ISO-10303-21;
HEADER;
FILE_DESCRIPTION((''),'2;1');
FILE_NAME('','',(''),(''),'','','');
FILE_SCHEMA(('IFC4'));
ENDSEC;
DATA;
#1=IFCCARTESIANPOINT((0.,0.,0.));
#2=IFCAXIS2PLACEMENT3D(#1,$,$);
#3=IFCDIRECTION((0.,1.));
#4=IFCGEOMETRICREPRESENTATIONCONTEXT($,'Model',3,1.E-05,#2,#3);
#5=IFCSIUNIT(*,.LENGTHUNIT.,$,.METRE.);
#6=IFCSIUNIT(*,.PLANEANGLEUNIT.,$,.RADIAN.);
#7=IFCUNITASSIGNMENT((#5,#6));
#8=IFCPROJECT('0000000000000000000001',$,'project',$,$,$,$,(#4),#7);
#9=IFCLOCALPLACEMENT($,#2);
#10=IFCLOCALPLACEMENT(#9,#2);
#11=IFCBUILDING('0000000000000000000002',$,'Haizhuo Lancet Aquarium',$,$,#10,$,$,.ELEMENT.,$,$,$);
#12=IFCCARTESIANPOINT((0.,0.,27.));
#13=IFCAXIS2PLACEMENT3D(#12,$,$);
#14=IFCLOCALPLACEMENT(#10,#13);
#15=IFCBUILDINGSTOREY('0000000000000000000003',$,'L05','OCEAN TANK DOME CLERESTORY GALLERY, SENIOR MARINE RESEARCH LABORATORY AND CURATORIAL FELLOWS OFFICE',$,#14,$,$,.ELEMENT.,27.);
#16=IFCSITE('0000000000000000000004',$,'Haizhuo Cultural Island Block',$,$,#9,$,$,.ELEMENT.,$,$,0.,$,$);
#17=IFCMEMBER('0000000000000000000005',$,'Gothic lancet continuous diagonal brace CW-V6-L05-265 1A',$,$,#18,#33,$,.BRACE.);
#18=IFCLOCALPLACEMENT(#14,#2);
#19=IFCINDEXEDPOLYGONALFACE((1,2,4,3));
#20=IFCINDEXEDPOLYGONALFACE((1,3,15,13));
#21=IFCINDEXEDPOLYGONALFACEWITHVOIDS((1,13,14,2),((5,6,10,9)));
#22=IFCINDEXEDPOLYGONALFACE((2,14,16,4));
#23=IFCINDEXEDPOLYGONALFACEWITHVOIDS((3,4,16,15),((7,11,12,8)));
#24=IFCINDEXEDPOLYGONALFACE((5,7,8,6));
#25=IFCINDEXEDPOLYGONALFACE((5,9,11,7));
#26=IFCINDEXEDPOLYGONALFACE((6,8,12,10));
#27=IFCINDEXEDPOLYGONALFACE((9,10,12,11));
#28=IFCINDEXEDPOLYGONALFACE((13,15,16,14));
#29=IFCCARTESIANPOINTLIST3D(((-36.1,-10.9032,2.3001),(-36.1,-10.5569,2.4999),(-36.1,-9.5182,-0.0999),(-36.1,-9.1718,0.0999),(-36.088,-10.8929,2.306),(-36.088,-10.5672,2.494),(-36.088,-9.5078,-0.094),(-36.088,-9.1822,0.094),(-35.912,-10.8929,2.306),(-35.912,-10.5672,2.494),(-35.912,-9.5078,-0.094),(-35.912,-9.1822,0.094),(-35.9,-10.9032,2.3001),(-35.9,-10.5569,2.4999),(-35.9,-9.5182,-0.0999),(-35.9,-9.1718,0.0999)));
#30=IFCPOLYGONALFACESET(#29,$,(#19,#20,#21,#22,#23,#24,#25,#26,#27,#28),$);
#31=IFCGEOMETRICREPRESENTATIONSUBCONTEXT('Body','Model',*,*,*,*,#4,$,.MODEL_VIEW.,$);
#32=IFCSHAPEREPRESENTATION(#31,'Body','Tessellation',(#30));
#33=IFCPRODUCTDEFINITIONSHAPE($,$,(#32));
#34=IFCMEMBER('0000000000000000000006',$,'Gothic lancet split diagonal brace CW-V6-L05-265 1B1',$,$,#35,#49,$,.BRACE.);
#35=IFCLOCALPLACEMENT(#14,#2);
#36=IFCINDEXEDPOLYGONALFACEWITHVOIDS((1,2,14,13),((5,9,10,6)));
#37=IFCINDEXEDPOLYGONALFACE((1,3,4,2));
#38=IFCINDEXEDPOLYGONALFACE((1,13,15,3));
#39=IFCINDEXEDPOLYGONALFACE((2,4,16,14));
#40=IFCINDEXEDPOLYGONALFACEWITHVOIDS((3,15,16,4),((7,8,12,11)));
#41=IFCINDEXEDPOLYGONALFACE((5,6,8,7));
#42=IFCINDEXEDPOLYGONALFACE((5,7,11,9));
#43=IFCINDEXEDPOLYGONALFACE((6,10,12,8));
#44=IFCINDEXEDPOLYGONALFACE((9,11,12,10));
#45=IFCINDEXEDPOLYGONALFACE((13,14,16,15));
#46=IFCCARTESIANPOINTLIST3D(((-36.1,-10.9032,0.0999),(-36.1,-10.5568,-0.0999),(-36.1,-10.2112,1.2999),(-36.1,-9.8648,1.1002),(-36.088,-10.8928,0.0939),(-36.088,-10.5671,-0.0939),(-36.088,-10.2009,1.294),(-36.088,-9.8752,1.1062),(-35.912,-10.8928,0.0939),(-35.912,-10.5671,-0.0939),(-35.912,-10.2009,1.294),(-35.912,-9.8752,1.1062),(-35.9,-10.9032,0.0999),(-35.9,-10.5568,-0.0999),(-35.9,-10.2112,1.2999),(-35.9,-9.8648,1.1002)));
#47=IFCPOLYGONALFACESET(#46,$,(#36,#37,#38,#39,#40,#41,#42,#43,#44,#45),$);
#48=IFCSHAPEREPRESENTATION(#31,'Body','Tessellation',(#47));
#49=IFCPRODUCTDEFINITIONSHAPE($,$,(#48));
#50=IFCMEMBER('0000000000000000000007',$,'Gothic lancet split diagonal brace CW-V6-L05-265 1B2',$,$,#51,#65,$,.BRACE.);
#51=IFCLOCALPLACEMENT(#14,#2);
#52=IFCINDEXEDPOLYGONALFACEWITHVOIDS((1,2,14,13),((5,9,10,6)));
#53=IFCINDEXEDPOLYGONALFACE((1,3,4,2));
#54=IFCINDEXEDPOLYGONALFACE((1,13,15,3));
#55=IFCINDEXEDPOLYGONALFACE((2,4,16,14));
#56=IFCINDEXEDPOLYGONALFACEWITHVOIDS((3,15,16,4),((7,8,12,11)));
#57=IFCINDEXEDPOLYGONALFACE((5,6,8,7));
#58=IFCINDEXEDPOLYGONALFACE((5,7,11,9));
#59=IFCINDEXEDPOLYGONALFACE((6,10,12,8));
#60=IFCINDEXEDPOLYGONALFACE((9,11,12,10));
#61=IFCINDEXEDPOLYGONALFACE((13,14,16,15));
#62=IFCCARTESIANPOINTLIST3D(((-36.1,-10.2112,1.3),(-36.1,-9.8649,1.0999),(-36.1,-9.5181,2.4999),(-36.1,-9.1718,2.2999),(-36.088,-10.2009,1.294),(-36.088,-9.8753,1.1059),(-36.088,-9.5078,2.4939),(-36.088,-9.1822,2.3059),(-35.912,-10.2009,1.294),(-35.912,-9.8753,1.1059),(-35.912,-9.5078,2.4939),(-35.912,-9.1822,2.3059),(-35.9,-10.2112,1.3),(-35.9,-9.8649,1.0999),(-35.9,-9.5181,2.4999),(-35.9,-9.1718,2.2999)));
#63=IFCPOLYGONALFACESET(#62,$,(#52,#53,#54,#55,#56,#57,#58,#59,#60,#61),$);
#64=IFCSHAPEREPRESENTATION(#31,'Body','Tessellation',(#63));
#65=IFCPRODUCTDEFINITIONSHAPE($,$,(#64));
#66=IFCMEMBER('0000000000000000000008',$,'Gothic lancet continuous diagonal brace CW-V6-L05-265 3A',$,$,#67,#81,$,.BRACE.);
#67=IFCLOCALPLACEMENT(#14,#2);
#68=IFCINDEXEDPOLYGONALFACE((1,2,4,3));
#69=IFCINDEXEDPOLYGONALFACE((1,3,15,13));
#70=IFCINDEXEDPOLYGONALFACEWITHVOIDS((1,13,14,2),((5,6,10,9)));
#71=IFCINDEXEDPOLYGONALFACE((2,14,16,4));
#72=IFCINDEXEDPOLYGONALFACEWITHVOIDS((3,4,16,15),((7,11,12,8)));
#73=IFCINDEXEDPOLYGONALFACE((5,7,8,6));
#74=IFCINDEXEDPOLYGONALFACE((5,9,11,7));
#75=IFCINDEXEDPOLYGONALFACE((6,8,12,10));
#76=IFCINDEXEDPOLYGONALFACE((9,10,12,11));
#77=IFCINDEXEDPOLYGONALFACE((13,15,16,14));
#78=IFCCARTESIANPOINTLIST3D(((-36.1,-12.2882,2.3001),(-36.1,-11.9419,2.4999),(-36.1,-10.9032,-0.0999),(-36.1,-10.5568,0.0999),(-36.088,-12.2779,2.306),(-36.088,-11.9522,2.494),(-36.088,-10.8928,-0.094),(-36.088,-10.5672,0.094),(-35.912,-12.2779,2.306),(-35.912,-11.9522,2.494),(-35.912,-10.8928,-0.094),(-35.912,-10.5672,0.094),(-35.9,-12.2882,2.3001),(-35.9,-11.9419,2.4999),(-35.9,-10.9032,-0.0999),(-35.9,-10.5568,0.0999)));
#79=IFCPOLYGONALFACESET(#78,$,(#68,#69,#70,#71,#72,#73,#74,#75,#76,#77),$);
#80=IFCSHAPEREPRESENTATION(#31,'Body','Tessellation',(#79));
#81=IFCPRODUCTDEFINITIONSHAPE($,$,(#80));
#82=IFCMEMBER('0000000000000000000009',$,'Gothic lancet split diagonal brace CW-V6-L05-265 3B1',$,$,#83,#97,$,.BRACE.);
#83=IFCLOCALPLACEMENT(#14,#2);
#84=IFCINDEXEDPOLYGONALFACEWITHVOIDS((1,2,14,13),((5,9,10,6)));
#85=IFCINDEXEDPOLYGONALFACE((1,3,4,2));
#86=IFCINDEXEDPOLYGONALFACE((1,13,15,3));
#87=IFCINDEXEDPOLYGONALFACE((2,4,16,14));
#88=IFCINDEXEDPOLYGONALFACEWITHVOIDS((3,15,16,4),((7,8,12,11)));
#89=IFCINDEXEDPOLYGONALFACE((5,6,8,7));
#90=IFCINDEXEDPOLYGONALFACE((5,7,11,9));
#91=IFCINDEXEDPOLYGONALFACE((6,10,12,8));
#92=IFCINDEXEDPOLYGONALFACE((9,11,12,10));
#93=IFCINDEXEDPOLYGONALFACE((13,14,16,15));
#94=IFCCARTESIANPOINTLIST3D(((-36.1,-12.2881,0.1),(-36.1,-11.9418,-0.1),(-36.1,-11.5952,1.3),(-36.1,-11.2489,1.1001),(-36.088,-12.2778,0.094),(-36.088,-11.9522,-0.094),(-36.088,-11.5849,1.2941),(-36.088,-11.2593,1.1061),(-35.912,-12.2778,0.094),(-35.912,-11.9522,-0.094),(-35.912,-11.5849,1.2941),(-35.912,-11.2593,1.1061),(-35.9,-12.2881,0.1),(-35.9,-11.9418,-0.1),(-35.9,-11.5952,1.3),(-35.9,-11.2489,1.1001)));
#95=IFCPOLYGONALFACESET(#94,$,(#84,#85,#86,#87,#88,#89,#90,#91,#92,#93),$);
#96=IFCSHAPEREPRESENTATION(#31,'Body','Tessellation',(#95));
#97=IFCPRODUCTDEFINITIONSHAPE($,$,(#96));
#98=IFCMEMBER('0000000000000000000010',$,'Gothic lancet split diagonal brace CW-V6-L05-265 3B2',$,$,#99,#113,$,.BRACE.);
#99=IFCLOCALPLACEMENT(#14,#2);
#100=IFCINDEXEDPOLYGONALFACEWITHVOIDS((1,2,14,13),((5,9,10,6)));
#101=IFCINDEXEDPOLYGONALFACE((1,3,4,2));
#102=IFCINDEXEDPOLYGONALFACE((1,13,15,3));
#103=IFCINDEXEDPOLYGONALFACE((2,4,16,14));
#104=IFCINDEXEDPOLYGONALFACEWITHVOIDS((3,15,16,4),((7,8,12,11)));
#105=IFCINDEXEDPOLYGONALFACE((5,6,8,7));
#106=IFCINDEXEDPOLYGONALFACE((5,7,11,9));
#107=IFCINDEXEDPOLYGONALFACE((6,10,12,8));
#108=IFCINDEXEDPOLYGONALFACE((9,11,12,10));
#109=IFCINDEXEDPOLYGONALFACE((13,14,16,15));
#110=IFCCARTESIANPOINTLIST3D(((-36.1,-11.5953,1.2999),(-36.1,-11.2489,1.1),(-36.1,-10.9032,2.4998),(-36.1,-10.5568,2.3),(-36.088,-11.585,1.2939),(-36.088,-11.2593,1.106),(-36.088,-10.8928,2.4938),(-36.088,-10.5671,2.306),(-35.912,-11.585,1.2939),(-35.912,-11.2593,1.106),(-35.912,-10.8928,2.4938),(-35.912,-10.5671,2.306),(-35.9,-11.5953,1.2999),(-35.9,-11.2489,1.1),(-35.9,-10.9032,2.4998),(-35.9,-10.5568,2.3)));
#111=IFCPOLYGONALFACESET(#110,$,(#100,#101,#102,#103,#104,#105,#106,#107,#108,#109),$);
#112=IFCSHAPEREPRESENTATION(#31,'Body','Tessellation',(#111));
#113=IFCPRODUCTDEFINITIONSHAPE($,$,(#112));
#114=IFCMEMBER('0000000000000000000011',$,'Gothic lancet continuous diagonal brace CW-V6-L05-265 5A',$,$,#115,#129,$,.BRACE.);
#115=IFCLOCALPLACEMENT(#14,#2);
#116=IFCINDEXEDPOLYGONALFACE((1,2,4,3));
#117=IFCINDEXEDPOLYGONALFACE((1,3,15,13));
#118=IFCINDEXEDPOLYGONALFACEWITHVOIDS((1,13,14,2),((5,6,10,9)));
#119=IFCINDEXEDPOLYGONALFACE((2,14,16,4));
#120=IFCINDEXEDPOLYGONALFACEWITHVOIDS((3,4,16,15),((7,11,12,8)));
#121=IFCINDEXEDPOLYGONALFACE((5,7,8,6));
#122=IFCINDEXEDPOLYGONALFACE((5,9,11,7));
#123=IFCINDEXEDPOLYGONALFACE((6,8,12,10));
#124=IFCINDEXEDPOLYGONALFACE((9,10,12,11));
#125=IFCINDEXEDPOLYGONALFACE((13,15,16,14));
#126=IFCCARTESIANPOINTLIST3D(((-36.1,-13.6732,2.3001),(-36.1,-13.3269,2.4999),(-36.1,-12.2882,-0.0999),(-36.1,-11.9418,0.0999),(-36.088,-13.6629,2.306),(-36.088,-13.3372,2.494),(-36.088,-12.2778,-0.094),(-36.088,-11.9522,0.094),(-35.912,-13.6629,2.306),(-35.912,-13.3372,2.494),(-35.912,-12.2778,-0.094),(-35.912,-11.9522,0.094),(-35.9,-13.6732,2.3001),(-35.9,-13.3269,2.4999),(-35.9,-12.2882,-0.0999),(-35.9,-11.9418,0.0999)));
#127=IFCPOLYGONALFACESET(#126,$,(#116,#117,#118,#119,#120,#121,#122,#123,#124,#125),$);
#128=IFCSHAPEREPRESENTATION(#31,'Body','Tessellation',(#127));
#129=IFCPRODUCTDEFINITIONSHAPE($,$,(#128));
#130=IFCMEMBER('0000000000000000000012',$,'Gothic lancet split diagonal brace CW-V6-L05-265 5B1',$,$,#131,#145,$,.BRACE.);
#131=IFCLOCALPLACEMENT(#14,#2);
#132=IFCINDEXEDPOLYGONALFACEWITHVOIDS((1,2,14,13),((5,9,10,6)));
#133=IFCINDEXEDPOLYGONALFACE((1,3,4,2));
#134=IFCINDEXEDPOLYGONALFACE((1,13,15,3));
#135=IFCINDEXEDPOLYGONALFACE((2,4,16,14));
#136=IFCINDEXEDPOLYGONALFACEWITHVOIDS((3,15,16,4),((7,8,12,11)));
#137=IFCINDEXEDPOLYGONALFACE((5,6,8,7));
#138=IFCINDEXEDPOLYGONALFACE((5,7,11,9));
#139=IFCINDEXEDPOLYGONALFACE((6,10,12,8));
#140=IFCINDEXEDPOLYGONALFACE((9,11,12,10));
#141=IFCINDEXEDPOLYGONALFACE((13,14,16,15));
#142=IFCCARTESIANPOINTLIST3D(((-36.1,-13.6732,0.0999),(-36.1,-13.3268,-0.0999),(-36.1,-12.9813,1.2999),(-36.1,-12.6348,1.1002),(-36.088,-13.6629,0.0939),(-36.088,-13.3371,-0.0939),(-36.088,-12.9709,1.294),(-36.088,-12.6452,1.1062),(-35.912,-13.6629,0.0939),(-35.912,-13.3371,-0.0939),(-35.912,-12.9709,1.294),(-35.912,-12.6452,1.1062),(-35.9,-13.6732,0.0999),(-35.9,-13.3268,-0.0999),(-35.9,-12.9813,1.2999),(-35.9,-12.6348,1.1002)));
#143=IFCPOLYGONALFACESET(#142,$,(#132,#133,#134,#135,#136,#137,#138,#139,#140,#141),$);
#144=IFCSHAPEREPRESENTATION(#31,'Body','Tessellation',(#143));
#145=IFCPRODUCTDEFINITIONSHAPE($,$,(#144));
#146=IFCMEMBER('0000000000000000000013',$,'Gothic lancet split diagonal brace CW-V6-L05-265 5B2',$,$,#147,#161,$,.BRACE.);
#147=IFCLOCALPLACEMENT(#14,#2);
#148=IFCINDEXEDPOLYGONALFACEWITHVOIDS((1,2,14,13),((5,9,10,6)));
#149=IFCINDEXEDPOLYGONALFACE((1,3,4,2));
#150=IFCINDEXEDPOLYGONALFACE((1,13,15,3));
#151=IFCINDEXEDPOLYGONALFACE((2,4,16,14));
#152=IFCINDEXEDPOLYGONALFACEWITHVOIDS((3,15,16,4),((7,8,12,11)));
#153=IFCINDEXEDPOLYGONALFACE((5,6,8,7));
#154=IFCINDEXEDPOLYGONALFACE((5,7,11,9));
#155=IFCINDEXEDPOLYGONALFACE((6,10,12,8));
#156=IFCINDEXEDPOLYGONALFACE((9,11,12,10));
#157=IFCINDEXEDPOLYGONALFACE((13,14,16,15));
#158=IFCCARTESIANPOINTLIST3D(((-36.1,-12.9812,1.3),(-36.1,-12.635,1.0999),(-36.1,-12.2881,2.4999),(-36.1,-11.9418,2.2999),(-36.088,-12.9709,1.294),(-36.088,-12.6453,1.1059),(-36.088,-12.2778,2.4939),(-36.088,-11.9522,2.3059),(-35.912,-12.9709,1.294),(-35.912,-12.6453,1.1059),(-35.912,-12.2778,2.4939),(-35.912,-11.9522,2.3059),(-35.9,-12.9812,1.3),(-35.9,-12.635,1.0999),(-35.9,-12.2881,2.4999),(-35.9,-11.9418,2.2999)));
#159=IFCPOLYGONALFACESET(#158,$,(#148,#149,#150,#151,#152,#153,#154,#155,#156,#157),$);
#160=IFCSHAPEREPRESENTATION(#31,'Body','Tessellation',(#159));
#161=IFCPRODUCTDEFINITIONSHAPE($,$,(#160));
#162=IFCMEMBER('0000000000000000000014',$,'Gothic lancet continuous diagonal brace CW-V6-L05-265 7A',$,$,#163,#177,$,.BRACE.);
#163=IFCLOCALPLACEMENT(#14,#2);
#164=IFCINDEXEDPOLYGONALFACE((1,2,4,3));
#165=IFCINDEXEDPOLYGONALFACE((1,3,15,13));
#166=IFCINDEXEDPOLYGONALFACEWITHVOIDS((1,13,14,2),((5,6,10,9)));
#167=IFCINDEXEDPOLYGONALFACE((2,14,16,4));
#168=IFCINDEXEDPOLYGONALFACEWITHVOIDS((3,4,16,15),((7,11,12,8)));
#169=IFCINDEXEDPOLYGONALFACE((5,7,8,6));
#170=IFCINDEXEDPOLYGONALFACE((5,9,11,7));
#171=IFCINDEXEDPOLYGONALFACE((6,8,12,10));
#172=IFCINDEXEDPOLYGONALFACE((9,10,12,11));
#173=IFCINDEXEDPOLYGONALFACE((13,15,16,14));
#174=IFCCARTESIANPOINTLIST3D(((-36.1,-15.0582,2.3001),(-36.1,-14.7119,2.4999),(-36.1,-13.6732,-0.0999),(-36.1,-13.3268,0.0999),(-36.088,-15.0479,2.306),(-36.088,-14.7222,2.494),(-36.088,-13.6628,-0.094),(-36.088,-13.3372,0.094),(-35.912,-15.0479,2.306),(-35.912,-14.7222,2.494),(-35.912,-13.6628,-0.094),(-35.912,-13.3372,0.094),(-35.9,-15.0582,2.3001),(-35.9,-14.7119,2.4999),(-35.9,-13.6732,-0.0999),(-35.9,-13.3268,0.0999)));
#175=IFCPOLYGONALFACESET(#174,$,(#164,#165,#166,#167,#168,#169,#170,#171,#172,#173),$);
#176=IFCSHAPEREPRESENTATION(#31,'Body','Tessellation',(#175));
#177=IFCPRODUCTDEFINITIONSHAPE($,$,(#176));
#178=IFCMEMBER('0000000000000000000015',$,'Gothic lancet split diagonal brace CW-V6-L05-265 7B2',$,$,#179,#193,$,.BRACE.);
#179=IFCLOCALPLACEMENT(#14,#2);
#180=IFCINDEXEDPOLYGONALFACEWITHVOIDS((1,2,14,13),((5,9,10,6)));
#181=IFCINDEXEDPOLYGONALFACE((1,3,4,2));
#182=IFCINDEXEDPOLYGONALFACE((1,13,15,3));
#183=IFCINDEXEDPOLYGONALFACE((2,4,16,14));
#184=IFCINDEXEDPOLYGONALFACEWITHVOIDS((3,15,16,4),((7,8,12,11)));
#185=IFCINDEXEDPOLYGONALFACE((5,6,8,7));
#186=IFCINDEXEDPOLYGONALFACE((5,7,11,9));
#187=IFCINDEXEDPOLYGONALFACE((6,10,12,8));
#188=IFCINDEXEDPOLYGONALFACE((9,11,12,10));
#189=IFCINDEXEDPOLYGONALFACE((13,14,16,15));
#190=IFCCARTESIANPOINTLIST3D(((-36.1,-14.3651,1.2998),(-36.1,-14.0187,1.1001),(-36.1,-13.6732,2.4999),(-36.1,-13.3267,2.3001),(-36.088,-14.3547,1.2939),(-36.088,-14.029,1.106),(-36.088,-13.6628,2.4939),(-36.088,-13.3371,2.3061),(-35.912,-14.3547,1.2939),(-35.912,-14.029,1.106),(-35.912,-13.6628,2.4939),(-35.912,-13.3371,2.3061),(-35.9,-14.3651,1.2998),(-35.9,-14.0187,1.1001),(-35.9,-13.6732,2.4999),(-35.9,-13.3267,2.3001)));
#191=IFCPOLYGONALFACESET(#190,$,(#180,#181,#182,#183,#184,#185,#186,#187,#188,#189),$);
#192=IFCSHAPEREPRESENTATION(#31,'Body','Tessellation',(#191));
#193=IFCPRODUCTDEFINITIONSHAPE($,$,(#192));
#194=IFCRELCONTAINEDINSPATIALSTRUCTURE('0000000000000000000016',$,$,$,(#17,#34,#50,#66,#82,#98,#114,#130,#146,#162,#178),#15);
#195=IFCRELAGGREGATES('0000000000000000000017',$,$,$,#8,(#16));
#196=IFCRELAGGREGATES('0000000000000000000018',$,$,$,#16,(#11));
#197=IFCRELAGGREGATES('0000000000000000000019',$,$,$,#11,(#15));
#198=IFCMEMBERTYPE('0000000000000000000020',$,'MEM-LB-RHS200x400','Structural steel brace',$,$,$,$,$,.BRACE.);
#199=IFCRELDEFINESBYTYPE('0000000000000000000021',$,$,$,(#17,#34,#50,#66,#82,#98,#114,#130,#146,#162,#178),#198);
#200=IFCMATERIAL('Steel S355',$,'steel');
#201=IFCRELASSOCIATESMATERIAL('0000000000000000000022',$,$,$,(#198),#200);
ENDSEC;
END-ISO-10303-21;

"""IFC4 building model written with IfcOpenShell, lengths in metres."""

from ifc_helpers import new_model, si_unit, direction, frame, origin, origin_2d, place, context, subcontext, project, spatial, hollow_rectangle, extrude, material, material_profile, profile_set, type_object, element, save


model = new_model("IFC4")

# Units and contexts
model_context = context("Model", 3, precision=1e-05, world=origin(), true_north=direction((0.0, 1.0)))
body_context = subcontext(model_context, "Body", "Model", "MODEL_VIEW")
ifc_project = project(units=[si_unit("LENGTHUNIT", "METRE"), si_unit("PLANEANGLEUNIT", "RADIAN")], contexts=[model_context])

# Site, building, storey
site_placement = place(None, origin())
site = spatial("IfcSite", under=ifc_project, at=site_placement, Name="Haizhuo Cultural Island Block", CompositionType="ELEMENT", RefElevation=0.0)
building_placement = place(site_placement, origin())
building = spatial("IfcBuilding", under=site, at=building_placement, Name="Haizhuo Lancet Aquarium", CompositionType="ELEMENT")
storey_placement = place(building_placement, frame((0.0, 0.0, 27.0)))
storey = spatial("IfcBuildingStorey", under=building, at=storey_placement, Name="L05", Description="OCEAN TANK DOME CLERESTORY GALLERY, SENIOR MARINE RESEARCH LABORATORY AND CURATORIAL FELLOWS OFFICE", CompositionType="ELEMENT", Elevation=27.0)

# Members
ifc_material_1 = material(Name="Steel S355", Category="steel")
ifc_material_profile_1 = material_profile(ifc_material_1, hollow_rectangle(XDim=0.2, YDim=0.3999, WallThickness=0.012, at=origin_2d()), Name="RHS 200x400x12")
ifc_profile_set_1 = profile_set([ifc_material_profile_1], Name="Steel S355")
member_type_1 = type_object("IfcMemberType", Name="MEM-LB-RHS200x400", Description="Structural steel brace", PredefinedType="BRACE", material=ifc_profile_set_1)
member_1_placement = place(storey_placement, frame((-36.0, -9.345, 0.0), z_axis=(0.0, -0.499844, 0.866115), x_axis=(1.0, 0.0, 0.0)))
element("IfcMember", 1, at=member_1_placement, inside=storey, type_object=member_type_1, Name="Gothic lancet continuous diagonal brace CW-V6-L05-265 1A", PredefinedType="BRACE", context=body_context, shape_type="SweptSolid", body=[
    extrude(hollow_rectangle(XDim=0.2, YDim=0.3999, WallThickness=0.012, at=origin_2d()), origin(), (0.0, 0.0, 1.0), 2.771),
])
member_2_placement = place(storey_placement, frame((-36.0, -10.73, 0.0), z_axis=(0.0, 0.499514, 0.866306), x_axis=(-1.0, 0.0, 0.0)))
element("IfcMember", 2, at=member_2_placement, inside=storey, type_object=member_type_1, Name="Gothic lancet split diagonal brace CW-V6-L05-265 1B1", PredefinedType="BRACE", context=body_context, shape_type="SweptSolid", body=[
    extrude(hollow_rectangle(XDim=0.2, YDim=0.3999, WallThickness=0.012, at=origin_2d()), origin(), (0.0, 0.0, 1.0), 1.3853),
])
member_3_placement = place(storey_placement, frame((-36.0, -10.0381, 1.2), z_axis=(0.0, 0.500175, 0.865924), x_axis=(-1.0, 0.0, 0.0)))
element("IfcMember", 3, at=member_3_placement, inside=storey, type_object=member_type_1, Name="Gothic lancet split diagonal brace CW-V6-L05-265 1B2", PredefinedType="BRACE", context=body_context, shape_type="SweptSolid", body=[
    extrude(hollow_rectangle(XDim=0.2, YDim=0.3999, WallThickness=0.012, at=origin_2d()), origin(), (0.0, 0.0, 1.0), 1.3857),
])
member_4_placement = place(storey_placement, frame((-36.0, -10.73, 0.0), z_axis=(0.0, -0.499844, 0.866115), x_axis=(1.0, 0.0, 0.0)))
element("IfcMember", 4, at=member_4_placement, inside=storey, type_object=member_type_1, Name="Gothic lancet continuous diagonal brace CW-V6-L05-265 3A", PredefinedType="BRACE", context=body_context, shape_type="SweptSolid", body=[
    extrude(hollow_rectangle(XDim=0.2, YDim=0.3999, WallThickness=0.012, at=origin_2d()), origin(), (0.0, 0.0, 1.0), 2.771),
])
member_5_placement = place(storey_placement, frame((-36.0, -12.115, 0.0), z_axis=(0.0, 0.500043, 0.866001), x_axis=(-1.0, 0.0, 0.0)))
element("IfcMember", 5, at=member_5_placement, inside=storey, type_object=member_type_1, Name="Gothic lancet split diagonal brace CW-V6-L05-265 3B1", PredefinedType="BRACE", context=body_context, shape_type="SweptSolid", body=[
    extrude(hollow_rectangle(XDim=0.2, YDim=0.3999, WallThickness=0.012, at=origin_2d()), origin(), (0.0, 0.0, 1.0), 1.3857),
])
member_6_placement = place(storey_placement, frame((-36.0, -11.4221, 1.2), z_axis=(0.0, 0.499646, 0.86623), x_axis=(-1.0, 0.0, 0.0)))
element("IfcMember", 6, at=member_6_placement, inside=storey, type_object=member_type_1, Name="Gothic lancet split diagonal brace CW-V6-L05-265 3B2", PredefinedType="BRACE", context=body_context, shape_type="SweptSolid", body=[
    extrude(hollow_rectangle(XDim=0.2, YDim=0.3999, WallThickness=0.012, at=origin_2d()), origin(), (0.0, 0.0, 1.0), 1.3853),
])
member_7_placement = place(storey_placement, frame((-36.0, -12.115, 0.0), z_axis=(0.0, -0.499844, 0.866115), x_axis=(1.0, 0.0, 0.0)))
element("IfcMember", 7, at=member_7_placement, inside=storey, type_object=member_type_1, Name="Gothic lancet continuous diagonal brace CW-V6-L05-265 5A", PredefinedType="BRACE", context=body_context, shape_type="SweptSolid", body=[
    extrude(hollow_rectangle(XDim=0.2, YDim=0.3999, WallThickness=0.012, at=origin_2d()), origin(), (0.0, 0.0, 1.0), 2.771),
])
member_8_placement = place(storey_placement, frame((-36.0, -13.5, 0.0), z_axis=(0.0, 0.499514, 0.866306), x_axis=(-1.0, 0.0, 0.0)))
element("IfcMember", 8, at=member_8_placement, inside=storey, type_object=member_type_1, Name="Gothic lancet split diagonal brace CW-V6-L05-265 5B1", PredefinedType="BRACE", context=body_context, shape_type="SweptSolid", body=[
    extrude(hollow_rectangle(XDim=0.2, YDim=0.3999, WallThickness=0.012, at=origin_2d()), origin(), (0.0, 0.0, 1.0), 1.3853),
])
member_9_placement = place(storey_placement, frame((-36.0, -12.8081, 1.2), z_axis=(0.0, 0.500175, 0.865924), x_axis=(-1.0, 0.0, 0.0)))
element("IfcMember", 9, at=member_9_placement, inside=storey, type_object=member_type_1, Name="Gothic lancet split diagonal brace CW-V6-L05-265 5B2", PredefinedType="BRACE", context=body_context, shape_type="SweptSolid", body=[
    extrude(hollow_rectangle(XDim=0.2, YDim=0.3999, WallThickness=0.012, at=origin_2d()), origin(), (0.0, 0.0, 1.0), 1.3857),
])
member_10_placement = place(storey_placement, frame((-36.0, -13.5, 0.0), z_axis=(0.0, -0.499844, 0.866115), x_axis=(1.0, 0.0, 0.0)))
element("IfcMember", 10, at=member_10_placement, inside=storey, type_object=member_type_1, Name="Gothic lancet continuous diagonal brace CW-V6-L05-265 7A", PredefinedType="BRACE", context=body_context, shape_type="SweptSolid", body=[
    extrude(hollow_rectangle(XDim=0.2, YDim=0.3999, WallThickness=0.012, at=origin_2d()), origin(), (0.0, 0.0, 1.0), 2.771),
])
member_11_placement = place(storey_placement, frame((-36.0, -14.1919, 1.2), z_axis=(0.0, 0.499514, 0.866306), x_axis=(-1.0, 0.0, 0.0)))
element("IfcMember", 11, at=member_11_placement, inside=storey, type_object=member_type_1, Name="Gothic lancet split diagonal brace CW-V6-L05-265 7B2", PredefinedType="BRACE", context=body_context, shape_type="SweptSolid", body=[
    extrude(hollow_rectangle(XDim=0.2, YDim=0.3999, WallThickness=0.012, at=origin_2d()), origin(), (0.0, 0.0, 1.0), 1.3853),
])

save(model, "model.ifc")
